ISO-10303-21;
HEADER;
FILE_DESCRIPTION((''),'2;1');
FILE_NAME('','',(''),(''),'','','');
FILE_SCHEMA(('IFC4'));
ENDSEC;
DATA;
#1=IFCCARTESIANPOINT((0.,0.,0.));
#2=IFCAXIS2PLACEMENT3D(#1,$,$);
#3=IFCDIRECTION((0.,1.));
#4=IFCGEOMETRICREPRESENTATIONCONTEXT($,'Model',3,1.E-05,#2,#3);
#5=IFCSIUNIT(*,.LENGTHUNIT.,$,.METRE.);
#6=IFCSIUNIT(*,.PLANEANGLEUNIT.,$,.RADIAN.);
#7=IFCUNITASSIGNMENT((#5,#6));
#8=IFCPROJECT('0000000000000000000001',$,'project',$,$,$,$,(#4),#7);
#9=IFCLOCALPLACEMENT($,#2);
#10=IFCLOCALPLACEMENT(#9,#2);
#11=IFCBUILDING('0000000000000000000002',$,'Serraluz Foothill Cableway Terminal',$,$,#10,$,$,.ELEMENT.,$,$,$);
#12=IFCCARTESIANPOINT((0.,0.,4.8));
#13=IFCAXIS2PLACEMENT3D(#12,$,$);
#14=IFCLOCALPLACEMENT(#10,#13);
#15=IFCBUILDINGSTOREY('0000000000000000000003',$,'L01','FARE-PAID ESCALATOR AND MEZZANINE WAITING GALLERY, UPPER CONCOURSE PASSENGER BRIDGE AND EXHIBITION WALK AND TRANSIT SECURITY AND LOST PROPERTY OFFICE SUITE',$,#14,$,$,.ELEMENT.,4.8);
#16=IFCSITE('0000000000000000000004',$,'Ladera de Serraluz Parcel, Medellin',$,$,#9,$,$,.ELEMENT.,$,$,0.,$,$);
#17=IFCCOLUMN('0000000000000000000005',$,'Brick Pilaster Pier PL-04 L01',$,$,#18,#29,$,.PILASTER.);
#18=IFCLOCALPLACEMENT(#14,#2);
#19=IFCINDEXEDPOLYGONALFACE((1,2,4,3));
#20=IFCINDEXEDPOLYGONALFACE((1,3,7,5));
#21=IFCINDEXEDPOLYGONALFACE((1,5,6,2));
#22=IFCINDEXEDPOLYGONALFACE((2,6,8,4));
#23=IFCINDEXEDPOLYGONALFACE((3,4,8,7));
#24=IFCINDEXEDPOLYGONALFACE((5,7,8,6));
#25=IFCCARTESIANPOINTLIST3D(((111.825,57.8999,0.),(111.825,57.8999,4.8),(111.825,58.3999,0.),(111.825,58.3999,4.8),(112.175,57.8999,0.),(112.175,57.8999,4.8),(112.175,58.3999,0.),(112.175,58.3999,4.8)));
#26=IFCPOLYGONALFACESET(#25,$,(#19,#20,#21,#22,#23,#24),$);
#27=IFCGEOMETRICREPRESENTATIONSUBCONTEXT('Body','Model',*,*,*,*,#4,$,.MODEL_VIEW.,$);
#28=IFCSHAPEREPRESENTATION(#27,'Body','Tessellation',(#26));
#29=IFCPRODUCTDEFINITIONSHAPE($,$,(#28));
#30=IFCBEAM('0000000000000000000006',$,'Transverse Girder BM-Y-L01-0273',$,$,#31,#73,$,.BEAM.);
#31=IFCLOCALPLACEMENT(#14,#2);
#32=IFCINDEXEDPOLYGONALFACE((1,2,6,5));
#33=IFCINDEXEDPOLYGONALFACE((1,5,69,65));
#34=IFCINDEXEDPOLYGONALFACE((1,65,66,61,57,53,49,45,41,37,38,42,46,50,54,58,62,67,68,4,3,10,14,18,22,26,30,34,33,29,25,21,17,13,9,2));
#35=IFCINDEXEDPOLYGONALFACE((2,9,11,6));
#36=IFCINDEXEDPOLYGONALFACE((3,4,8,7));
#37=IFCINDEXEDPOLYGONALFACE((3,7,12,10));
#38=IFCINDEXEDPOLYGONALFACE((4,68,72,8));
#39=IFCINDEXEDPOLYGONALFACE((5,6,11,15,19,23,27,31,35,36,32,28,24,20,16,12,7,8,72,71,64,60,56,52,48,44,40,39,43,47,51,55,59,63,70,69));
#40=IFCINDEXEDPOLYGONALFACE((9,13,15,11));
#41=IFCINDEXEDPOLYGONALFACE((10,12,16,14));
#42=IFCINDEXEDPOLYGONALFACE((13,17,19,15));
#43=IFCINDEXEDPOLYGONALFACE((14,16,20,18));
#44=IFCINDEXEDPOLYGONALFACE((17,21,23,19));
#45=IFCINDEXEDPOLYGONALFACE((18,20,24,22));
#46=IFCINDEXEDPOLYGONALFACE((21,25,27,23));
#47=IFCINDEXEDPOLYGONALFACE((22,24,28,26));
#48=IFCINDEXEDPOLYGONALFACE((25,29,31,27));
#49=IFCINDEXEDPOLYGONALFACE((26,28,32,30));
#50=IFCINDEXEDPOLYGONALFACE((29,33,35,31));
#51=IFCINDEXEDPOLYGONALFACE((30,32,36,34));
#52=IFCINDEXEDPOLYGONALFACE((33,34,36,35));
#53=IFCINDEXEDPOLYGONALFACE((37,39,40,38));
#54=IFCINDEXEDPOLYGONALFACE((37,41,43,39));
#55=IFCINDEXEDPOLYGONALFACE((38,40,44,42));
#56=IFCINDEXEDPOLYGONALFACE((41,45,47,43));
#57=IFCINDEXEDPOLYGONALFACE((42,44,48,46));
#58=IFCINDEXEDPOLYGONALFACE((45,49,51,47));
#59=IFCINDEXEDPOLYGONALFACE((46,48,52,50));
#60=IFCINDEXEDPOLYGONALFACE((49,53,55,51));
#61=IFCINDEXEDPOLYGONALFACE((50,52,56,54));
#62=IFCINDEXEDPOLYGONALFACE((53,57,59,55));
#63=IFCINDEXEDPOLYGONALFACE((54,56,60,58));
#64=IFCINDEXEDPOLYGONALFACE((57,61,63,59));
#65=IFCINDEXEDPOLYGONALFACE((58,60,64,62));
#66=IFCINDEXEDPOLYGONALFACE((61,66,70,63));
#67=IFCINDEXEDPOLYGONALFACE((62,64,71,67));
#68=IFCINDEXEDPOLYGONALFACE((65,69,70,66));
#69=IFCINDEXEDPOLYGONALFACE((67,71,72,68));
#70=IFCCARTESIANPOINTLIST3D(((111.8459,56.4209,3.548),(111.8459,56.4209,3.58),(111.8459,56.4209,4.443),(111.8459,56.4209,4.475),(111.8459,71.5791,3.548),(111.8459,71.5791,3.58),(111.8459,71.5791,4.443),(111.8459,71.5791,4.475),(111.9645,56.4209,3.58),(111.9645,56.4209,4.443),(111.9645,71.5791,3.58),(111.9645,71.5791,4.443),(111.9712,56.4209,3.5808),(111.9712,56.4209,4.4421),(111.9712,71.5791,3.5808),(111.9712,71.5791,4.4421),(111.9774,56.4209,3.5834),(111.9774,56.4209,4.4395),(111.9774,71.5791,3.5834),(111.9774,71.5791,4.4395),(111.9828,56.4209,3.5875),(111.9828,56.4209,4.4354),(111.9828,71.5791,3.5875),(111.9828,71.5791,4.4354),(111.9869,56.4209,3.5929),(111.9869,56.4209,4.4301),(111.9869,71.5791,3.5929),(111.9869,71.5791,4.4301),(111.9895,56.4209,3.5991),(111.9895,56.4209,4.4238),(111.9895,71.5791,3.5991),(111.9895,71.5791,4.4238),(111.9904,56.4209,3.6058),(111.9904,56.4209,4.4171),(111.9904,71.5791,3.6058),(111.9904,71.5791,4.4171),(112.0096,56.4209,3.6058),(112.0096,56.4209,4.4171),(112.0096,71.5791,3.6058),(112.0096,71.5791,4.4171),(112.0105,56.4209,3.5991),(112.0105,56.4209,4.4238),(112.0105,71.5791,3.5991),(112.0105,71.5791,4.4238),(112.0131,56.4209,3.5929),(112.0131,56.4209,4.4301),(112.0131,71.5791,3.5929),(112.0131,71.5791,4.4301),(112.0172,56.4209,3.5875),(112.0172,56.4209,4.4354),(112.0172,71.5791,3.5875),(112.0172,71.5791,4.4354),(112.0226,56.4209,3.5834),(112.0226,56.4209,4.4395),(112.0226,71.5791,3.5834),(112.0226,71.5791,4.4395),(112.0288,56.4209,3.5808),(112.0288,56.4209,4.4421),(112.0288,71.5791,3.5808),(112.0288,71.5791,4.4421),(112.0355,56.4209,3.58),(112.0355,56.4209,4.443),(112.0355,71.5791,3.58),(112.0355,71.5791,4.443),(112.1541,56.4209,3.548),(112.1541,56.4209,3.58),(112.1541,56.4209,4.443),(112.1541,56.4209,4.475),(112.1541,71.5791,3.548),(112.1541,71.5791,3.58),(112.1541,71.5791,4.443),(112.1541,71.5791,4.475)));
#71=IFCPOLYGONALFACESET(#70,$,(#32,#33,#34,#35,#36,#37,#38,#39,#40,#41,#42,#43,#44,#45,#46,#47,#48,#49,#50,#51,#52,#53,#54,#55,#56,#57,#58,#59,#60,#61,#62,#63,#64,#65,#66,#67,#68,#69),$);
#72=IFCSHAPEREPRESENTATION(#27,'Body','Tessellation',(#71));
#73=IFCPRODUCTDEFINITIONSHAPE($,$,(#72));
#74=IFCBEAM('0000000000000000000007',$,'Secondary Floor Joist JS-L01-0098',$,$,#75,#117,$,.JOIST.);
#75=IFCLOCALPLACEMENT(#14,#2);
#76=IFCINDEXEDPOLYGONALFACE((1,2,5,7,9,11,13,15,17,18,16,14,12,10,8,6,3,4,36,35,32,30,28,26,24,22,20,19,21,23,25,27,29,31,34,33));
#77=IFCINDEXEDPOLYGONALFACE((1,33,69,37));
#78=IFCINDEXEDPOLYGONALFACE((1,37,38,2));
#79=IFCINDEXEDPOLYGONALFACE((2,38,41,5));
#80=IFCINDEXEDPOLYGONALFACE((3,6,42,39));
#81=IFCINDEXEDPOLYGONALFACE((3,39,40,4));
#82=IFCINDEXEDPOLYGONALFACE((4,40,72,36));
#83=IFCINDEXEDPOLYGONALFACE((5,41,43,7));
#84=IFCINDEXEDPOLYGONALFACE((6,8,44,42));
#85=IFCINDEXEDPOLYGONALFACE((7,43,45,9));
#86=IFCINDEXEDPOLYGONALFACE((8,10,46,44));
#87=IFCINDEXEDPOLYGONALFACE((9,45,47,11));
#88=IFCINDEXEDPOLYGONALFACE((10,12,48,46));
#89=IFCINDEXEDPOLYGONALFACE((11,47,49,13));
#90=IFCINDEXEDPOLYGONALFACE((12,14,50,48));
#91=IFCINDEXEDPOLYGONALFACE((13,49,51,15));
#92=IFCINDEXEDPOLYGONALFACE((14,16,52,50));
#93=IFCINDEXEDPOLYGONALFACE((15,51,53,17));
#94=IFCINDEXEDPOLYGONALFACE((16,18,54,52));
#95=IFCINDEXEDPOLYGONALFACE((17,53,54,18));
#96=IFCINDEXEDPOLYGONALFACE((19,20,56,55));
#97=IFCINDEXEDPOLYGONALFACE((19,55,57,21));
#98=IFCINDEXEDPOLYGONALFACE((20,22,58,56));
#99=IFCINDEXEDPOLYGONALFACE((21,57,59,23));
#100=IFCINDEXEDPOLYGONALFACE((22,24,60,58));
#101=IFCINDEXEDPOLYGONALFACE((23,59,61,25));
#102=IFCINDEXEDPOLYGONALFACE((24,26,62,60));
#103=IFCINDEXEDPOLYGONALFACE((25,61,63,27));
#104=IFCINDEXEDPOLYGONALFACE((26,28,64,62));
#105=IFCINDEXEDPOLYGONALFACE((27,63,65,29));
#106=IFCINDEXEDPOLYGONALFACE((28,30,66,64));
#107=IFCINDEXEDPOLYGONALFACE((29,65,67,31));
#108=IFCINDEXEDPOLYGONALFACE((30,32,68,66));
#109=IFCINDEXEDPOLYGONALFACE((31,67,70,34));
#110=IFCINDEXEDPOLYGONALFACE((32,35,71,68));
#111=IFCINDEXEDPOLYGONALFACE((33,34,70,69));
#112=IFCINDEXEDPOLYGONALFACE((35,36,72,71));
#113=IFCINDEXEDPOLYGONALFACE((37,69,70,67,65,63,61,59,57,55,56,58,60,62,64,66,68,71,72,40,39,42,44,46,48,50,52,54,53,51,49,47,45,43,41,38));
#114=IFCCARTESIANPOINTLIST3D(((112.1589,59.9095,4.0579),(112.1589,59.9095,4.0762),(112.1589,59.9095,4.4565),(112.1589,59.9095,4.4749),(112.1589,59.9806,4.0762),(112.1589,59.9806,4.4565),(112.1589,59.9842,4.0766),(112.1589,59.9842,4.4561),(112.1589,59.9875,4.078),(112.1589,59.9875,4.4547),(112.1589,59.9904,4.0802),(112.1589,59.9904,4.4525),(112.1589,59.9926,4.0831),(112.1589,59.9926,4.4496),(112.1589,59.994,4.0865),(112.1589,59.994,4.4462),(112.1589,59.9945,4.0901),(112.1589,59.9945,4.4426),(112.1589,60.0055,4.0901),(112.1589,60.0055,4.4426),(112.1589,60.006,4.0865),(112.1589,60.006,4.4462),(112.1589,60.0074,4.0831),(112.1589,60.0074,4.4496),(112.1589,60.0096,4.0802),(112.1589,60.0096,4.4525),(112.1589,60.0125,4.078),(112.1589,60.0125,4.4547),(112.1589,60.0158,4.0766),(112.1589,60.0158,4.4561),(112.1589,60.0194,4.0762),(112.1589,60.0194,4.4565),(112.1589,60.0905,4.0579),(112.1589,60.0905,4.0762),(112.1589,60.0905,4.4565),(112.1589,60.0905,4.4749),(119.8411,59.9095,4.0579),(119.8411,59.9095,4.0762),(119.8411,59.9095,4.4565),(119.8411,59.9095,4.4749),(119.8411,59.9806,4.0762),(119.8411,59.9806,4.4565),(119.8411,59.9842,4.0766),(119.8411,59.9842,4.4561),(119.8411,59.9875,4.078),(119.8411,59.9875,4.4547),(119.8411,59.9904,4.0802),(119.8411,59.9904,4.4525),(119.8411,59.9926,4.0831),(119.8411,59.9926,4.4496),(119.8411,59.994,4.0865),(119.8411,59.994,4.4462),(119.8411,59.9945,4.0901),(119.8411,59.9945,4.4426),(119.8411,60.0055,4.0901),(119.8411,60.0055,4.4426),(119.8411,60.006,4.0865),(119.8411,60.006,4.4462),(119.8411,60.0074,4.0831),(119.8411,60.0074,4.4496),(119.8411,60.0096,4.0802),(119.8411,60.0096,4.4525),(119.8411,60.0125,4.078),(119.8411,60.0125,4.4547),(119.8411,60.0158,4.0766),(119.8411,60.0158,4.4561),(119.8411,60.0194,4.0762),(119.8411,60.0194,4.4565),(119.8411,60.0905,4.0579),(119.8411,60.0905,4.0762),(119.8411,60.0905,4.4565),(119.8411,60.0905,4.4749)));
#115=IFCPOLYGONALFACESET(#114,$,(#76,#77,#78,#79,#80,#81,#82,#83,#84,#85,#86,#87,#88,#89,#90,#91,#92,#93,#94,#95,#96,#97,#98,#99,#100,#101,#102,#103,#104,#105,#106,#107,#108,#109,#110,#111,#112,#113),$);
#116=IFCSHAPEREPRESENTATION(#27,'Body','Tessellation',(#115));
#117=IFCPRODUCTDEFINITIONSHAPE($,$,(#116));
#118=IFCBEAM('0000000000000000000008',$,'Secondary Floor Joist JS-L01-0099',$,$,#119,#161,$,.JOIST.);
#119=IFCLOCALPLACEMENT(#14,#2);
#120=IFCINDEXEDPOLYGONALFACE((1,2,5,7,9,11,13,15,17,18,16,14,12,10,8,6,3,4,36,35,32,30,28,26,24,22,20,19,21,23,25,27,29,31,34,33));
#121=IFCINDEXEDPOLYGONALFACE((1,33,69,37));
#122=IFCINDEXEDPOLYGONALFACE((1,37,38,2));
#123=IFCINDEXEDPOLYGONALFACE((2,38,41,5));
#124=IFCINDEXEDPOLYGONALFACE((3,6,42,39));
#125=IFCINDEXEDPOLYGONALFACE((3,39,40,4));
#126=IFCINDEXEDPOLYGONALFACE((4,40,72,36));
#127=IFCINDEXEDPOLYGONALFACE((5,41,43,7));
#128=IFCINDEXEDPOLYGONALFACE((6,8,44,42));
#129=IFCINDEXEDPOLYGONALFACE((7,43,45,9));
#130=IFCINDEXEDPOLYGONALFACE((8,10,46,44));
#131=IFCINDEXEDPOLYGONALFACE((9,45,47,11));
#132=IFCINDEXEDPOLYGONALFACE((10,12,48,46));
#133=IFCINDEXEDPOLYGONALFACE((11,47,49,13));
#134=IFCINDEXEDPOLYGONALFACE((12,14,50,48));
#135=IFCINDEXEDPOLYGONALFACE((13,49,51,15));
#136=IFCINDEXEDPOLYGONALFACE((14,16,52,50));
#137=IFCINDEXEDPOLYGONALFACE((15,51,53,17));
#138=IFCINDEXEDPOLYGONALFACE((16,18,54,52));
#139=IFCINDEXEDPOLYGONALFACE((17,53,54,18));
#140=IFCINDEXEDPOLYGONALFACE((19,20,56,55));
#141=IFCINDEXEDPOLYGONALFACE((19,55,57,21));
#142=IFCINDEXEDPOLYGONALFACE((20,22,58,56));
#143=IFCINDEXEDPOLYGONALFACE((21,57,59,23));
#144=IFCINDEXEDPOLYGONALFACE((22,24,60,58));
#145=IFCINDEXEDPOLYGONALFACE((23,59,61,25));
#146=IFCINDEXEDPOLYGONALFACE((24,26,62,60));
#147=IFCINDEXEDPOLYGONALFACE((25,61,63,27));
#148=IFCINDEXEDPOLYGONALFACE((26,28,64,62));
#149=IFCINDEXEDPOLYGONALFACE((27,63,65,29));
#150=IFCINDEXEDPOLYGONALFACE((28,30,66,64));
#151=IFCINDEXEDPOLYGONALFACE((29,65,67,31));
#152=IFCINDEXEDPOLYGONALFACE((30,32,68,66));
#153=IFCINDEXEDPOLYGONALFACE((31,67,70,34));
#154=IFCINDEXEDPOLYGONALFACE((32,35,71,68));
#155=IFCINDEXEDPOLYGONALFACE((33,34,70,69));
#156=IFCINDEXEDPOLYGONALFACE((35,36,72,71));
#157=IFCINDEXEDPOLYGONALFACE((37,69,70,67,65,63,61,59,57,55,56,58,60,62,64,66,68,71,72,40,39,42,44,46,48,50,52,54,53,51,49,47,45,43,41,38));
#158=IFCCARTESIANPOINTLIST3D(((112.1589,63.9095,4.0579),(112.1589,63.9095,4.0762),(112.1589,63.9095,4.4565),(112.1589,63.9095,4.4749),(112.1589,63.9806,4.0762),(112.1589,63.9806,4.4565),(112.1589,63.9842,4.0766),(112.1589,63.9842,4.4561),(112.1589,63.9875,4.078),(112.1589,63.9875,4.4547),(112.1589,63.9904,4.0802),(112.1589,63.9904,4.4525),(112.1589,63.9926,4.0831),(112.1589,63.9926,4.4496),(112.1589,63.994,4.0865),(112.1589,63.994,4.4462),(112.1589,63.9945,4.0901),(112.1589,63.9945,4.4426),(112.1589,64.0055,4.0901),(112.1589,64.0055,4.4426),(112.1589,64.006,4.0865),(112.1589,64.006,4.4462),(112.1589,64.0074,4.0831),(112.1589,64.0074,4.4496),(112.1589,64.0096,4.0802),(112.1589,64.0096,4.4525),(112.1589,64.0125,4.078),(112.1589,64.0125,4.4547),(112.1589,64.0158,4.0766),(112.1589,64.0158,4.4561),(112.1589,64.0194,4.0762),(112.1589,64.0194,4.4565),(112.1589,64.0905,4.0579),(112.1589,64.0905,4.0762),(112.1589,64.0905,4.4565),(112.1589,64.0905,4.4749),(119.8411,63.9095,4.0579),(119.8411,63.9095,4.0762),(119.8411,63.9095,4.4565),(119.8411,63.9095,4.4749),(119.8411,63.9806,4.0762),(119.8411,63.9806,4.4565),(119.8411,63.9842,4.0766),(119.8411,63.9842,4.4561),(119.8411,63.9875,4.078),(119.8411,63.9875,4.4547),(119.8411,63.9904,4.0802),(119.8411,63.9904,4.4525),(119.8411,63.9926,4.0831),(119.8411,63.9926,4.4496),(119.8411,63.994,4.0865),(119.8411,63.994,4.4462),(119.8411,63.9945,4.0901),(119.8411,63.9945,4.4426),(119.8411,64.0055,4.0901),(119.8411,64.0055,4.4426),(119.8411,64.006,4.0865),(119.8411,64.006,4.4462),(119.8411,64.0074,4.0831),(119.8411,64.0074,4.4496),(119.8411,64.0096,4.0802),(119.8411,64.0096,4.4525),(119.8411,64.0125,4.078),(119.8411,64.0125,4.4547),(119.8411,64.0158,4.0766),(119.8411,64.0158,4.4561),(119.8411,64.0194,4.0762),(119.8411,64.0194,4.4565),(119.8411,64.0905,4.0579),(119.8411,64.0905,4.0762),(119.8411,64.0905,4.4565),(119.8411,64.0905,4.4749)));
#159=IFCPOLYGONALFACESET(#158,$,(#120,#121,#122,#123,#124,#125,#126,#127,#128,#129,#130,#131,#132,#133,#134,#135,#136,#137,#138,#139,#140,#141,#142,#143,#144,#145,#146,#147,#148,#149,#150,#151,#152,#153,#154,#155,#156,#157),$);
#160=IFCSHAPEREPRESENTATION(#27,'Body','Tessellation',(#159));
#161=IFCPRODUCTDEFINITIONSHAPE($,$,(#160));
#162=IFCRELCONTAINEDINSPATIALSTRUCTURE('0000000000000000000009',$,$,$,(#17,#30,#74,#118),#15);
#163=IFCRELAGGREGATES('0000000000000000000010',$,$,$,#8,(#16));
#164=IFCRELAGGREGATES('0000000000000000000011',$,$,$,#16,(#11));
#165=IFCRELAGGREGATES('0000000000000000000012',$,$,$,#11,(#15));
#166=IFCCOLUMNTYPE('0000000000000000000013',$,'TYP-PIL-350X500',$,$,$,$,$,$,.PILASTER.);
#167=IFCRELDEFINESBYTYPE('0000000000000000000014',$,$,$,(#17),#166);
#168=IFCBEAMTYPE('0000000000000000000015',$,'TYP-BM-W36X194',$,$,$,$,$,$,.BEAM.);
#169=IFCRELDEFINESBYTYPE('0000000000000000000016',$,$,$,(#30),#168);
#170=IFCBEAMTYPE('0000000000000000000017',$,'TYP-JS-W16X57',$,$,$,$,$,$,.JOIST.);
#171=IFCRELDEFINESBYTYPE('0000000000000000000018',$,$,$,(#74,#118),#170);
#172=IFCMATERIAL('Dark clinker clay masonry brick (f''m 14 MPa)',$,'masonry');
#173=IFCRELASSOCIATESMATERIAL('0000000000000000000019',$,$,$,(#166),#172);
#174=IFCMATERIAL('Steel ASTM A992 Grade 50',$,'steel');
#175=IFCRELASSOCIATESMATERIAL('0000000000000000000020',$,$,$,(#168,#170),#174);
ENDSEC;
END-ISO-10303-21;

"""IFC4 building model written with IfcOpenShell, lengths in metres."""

from ifc_helpers import new_model, si_unit, direction, frame, origin, origin_2d, place, context, subcontext, project, spatial, rectangle, i_section, extrude, material, material_profile, profile_set, type_object, element, save


model = new_model("IFC4")

# Units and contexts
model_context = context("Model", 3, precision=1e-05, world=origin(), true_north=direction((0.0, 1.0)))
body_context = subcontext(model_context, "Body", "Model", "MODEL_VIEW")
ifc_project = project(units=[si_unit("LENGTHUNIT", "METRE"), si_unit("PLANEANGLEUNIT", "RADIAN")], contexts=[model_context])

# Site, building, storey
site_placement = place(None, origin())
site = spatial("IfcSite", under=ifc_project, at=site_placement, Name="Ladera de Serraluz Parcel, Medellin", CompositionType="ELEMENT", RefElevation=0.0)
building_placement = place(site_placement, origin())
building = spatial("IfcBuilding", under=site, at=building_placement, Name="Serraluz Foothill Cableway Terminal", CompositionType="ELEMENT")
storey_placement = place(building_placement, frame((0.0, 0.0, 4.8)))
storey = spatial("IfcBuildingStorey", under=building, at=storey_placement, Name="L01", Description="FARE-PAID ESCALATOR AND MEZZANINE WAITING GALLERY, UPPER CONCOURSE PASSENGER BRIDGE AND EXHIBITION WALK AND TRANSIT SECURITY AND LOST PROPERTY OFFICE SUITE", CompositionType="ELEMENT", Elevation=4.8)

# Column
ifc_material_1 = material(Name="Dark clinker clay masonry brick (f'm 14 MPa)", Category="masonry")
ifc_material_profile_1 = material_profile(ifc_material_1, rectangle(XDim=0.3501, YDim=0.5, at=origin_2d()), Name="PIL 350x500")
ifc_profile_set_1 = profile_set([ifc_material_profile_1], Name="Dark clinker clay masonry brick (f'm 14 MPa)")
column_type = type_object("IfcColumnType", Name="TYP-PIL-350X500", PredefinedType="PILASTER", material=ifc_profile_set_1)
column_placement = place(storey_placement, frame((112.0, 58.1499, 0.0), z_axis=(0.0, 0.0, 1.0), x_axis=(1.0, 0.0, 0.0)))
element("IfcColumn", 1, at=column_placement, inside=storey, type_object=column_type, Name="Brick Pilaster Pier PL-04 L01", PredefinedType="PILASTER", context=body_context, shape_type="SweptSolid", body=[
    extrude(rectangle(XDim=0.3501, YDim=0.5, at=origin_2d()), origin(), (0.0, 0.0, 1.0), 4.8),
])

# Beams
ifc_material_2 = material(Name="Steel ASTM A992 Grade 50", Category="steel")
ifc_material_profile_2 = material_profile(ifc_material_2, i_section(OverallWidth=0.3081, OverallDepth=0.927, WebThickness=0.0193, FlangeThickness=0.032, FilletRadius=0.0259, at=origin_2d()), Name="W36X194")
ifc_profile_set_2 = profile_set([ifc_material_profile_2], Name="Steel ASTM A992 Grade 50")
beam_type_1 = type_object("IfcBeamType", Name="TYP-BM-W36X194", PredefinedType="BEAM", material=ifc_profile_set_2)
beam_placement = place(storey_placement, frame((112.0, 56.4209, 4.0115), z_axis=(0.0, 1.0, 0.0), x_axis=(-1.0, 0.0, 0.0)))
element("IfcBeam", 2, at=beam_placement, inside=storey, type_object=beam_type_1, Name="Transverse Girder BM-Y-L01-0273", PredefinedType="BEAM", context=body_context, shape_type="SweptSolid", body=[
    extrude(i_section(OverallWidth=0.3081, OverallDepth=0.927, WebThickness=0.0193, FlangeThickness=0.032, FilletRadius=0.0259, at=origin_2d()), origin(), (0.0, 0.0, 1.0), 15.1582),
])
ifc_material_profile_3 = material_profile(ifc_material_2, i_section(OverallWidth=0.1809, OverallDepth=0.417, WebThickness=0.011, FlangeThickness=0.0183, FilletRadius=0.0139, at=origin_2d()), Name="W16X57")
ifc_profile_set_3 = profile_set([ifc_material_profile_3], Name="Steel ASTM A992 Grade 50")
beam_type_2 = type_object("IfcBeamType", Name="TYP-JS-W16X57", PredefinedType="JOIST", material=ifc_profile_set_3)
for number, where, z_axis, x_axis, name in (
    (3, (112.1589, 60.0, 4.2664), (1.0, 0.0, 0.0), (0.0, 1.0, 0.0), "Secondary Floor Joist JS-L01-0098"),
    (4, (112.1589, 64.0, 4.2664), (1.0, 0.0, 0.0), (0.0, 1.0, 0.0), "Secondary Floor Joist JS-L01-0099"),
):
    element("IfcBeam", number, at=place(storey_placement, frame(where, z_axis=z_axis, x_axis=x_axis)), inside=storey, type_object=beam_type_2, Name=name, PredefinedType="JOIST", context=body_context, shape_type="SweptSolid", body=[
        extrude(i_section(OverallWidth=0.1809, OverallDepth=0.417, WebThickness=0.011, FlangeThickness=0.0183, FilletRadius=0.0139, at=origin_2d()), origin(), (0.0, 0.0, 1.0), 7.6821),
    ])

save(model, "model.ifc")
